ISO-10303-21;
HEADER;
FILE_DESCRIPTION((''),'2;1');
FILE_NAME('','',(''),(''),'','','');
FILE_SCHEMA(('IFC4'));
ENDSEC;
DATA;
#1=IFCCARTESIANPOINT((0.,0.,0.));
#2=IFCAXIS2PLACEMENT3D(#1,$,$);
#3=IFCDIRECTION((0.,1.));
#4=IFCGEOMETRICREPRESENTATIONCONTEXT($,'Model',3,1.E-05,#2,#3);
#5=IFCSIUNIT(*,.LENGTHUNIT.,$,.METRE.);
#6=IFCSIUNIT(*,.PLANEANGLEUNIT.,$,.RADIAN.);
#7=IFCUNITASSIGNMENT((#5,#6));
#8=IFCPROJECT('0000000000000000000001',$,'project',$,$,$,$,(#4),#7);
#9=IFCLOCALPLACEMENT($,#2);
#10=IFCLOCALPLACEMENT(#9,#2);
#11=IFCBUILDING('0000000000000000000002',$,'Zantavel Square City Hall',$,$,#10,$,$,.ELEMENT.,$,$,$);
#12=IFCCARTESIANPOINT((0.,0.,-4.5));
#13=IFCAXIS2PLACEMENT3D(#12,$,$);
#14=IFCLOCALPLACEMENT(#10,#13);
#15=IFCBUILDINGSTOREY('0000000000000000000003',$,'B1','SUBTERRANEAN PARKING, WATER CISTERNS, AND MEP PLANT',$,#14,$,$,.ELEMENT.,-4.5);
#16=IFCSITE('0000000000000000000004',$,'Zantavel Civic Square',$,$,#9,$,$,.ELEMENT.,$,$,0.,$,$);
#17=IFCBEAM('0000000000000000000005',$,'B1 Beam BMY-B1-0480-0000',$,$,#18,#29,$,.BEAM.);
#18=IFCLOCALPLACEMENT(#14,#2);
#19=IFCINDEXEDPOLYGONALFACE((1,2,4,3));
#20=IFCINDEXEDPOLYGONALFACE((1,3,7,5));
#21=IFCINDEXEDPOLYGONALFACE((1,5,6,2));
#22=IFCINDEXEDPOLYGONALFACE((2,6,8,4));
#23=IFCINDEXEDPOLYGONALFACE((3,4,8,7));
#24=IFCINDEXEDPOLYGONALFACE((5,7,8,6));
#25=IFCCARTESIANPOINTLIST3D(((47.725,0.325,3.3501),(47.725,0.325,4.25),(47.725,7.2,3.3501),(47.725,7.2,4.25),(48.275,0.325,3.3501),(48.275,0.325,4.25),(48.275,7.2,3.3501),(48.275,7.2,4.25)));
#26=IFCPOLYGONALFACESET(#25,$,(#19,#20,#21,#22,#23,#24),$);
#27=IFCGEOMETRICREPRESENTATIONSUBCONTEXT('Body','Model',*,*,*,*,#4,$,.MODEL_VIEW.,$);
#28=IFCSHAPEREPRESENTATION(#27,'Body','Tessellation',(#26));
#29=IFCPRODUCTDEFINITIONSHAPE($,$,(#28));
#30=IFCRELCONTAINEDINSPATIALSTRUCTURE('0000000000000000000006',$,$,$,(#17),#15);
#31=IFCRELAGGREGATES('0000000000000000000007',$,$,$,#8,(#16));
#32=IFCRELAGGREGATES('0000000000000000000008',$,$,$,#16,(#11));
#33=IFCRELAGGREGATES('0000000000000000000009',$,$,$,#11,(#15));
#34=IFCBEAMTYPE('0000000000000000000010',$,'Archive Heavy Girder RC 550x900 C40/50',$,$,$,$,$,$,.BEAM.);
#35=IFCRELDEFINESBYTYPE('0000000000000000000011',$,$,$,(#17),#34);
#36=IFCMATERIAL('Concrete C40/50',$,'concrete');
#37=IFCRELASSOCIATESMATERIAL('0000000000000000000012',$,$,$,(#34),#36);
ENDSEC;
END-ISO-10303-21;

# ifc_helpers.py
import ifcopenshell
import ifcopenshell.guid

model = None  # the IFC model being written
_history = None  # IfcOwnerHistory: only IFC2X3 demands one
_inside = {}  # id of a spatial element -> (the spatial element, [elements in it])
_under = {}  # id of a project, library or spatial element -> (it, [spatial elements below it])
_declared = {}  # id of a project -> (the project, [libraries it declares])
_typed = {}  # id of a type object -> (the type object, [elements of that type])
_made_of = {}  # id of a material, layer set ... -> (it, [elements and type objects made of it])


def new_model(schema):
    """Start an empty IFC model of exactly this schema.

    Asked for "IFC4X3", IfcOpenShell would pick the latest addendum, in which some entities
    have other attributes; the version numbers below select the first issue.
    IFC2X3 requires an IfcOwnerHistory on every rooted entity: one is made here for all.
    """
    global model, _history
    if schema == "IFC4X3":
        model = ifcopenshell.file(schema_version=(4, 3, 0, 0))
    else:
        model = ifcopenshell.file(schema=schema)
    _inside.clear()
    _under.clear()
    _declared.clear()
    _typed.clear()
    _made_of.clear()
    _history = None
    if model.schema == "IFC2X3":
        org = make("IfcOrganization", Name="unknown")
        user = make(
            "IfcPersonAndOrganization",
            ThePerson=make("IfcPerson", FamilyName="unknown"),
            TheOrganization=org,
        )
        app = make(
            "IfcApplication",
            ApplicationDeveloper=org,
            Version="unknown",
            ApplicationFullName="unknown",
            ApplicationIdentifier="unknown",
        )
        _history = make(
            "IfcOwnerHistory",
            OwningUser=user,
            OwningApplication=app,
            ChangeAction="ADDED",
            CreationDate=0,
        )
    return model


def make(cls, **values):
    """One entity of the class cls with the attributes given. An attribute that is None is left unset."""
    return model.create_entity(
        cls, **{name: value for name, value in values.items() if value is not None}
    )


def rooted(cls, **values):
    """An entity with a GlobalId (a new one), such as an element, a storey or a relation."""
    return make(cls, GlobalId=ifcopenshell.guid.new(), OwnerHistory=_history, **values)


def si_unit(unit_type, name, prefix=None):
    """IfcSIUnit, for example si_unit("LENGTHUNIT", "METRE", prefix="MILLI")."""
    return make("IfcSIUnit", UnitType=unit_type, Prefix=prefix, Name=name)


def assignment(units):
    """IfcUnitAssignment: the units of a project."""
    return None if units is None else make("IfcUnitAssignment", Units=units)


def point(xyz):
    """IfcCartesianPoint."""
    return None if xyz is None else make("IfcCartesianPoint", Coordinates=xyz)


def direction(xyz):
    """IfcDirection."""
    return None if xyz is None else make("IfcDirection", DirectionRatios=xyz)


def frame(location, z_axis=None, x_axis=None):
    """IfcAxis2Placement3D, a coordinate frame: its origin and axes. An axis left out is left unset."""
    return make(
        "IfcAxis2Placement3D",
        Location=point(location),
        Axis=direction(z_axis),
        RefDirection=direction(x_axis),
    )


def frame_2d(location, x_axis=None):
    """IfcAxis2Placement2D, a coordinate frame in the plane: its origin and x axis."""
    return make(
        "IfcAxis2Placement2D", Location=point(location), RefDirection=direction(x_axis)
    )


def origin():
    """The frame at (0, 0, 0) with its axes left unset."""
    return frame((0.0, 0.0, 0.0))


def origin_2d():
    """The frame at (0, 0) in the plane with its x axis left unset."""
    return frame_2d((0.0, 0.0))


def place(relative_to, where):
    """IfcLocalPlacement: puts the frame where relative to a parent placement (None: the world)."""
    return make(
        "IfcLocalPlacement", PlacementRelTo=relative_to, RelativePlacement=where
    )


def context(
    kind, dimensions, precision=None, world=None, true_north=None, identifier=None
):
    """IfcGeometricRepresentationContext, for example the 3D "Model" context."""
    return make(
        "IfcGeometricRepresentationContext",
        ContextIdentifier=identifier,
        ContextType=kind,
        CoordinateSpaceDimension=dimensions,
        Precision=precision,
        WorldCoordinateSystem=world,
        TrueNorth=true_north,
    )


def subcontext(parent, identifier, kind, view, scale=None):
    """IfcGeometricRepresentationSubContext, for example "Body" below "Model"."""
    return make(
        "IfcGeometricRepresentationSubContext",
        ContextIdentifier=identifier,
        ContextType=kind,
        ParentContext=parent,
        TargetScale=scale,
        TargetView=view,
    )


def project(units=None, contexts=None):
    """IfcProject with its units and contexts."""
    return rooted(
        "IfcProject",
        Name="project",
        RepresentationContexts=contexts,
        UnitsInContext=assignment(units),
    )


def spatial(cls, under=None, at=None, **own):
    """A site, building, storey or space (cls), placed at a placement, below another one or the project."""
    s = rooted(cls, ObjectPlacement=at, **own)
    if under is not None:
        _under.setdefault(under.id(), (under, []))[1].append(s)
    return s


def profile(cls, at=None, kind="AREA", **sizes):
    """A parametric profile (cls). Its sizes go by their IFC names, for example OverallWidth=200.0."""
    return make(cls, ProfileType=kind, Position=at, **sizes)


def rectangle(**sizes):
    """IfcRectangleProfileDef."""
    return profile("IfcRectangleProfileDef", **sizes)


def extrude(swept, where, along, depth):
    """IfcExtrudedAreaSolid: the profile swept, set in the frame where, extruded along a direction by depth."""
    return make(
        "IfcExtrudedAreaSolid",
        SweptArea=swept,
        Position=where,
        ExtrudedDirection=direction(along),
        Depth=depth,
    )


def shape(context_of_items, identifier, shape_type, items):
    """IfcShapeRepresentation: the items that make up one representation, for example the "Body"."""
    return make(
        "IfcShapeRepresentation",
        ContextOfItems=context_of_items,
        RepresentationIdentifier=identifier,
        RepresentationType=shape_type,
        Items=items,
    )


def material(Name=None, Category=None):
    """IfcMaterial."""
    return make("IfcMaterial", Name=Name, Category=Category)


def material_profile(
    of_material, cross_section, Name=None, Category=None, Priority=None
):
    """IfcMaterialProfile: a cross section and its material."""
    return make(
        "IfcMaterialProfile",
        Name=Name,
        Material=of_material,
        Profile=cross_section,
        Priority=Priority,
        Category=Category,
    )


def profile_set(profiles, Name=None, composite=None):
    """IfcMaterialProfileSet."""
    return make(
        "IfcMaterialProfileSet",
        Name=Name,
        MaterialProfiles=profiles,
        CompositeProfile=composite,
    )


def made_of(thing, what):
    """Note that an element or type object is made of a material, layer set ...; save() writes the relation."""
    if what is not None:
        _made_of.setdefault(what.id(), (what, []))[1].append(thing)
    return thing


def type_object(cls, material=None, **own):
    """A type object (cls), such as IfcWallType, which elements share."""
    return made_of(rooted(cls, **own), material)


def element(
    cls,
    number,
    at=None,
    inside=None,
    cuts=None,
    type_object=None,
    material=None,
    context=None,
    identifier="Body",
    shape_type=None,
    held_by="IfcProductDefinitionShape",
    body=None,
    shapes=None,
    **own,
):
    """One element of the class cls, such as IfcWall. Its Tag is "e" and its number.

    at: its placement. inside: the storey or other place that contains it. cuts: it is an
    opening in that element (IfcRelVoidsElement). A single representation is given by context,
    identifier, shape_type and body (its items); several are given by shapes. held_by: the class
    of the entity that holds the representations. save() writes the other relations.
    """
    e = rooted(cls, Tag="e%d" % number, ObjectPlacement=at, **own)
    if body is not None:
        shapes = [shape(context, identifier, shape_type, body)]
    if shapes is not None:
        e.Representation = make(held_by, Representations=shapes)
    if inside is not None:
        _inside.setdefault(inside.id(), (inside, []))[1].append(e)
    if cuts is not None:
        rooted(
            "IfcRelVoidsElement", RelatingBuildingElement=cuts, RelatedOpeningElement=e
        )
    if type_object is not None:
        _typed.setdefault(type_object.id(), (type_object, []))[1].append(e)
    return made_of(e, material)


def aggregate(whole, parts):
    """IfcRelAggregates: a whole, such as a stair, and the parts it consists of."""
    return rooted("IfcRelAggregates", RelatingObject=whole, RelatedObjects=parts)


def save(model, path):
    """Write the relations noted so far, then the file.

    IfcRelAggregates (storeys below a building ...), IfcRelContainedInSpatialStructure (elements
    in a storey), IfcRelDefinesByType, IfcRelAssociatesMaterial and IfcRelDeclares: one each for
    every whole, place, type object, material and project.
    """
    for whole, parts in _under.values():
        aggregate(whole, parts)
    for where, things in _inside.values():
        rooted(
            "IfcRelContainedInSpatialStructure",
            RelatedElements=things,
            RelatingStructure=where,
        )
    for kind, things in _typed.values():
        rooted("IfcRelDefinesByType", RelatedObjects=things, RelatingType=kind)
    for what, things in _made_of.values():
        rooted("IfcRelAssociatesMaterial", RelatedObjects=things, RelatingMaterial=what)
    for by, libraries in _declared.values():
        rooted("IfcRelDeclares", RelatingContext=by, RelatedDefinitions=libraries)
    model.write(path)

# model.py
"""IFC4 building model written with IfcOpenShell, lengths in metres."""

from ifc_helpers import new_model, si_unit, direction, frame, origin, origin_2d, place, context, subcontext, project, spatial, rectangle, extrude, material, material_profile, profile_set, type_object, element, save


model = new_model("IFC4")

# Units and contexts
model_context = context("Model", 3, precision=1e-05, world=origin(), true_north=direction((0.0, 1.0)))
body_context = subcontext(model_context, "Body", "Model", "MODEL_VIEW")
ifc_project = project(units=[si_unit("LENGTHUNIT", "METRE"), si_unit("PLANEANGLEUNIT", "RADIAN")], contexts=[model_context])

# Site, building, storey
site_placement = place(None, origin())
site = spatial("IfcSite", under=ifc_project, at=site_placement, Name="Zantavel Civic Square", CompositionType="ELEMENT", RefElevation=0.0)
building_placement = place(site_placement, origin())
building = spatial("IfcBuilding", under=site, at=building_placement, Name="Zantavel Square City Hall", CompositionType="ELEMENT")
storey_placement = place(building_placement, frame((0.0, 0.0, -4.5)))
storey = spatial("IfcBuildingStorey", under=building, at=storey_placement, Name="B1", Description="SUBTERRANEAN PARKING, WATER CISTERNS, AND MEP PLANT", CompositionType="ELEMENT", Elevation=-4.5)

# Shared definitions
ifc_material_1 = material(Name="Concrete C40/50", Category="concrete")

# Beam
ifc_material_profile_1 = material_profile(ifc_material_1, rectangle(XDim=0.55, YDim=0.8999, at=origin_2d()), Name="RC 550x900")
ifc_profile_set_1 = profile_set([ifc_material_profile_1], Name="Concrete C40/50")
beam_type_1 = type_object("IfcBeamType", Name="Archive Heavy Girder RC 550x900 C40/50", PredefinedType="BEAM", material=ifc_profile_set_1)
beam_1_placement = place(storey_placement, frame((48.0, 0.325, 3.8), z_axis=(0.0, 1.0, 0.0), x_axis=(-1.0, 0.0, 0.0)))
element("IfcBeam", 1, at=beam_1_placement, inside=storey, type_object=beam_type_1, Name="B1 Beam BMY-B1-0480-0000", PredefinedType="BEAM", context=body_context, shape_type="SweptSolid", body=[
    extrude(rectangle(XDim=0.55, YDim=0.8999, at=origin_2d()), origin(), (0.0, 0.0, 1.0), 6.875),
])

save(model, "model.ifc")
